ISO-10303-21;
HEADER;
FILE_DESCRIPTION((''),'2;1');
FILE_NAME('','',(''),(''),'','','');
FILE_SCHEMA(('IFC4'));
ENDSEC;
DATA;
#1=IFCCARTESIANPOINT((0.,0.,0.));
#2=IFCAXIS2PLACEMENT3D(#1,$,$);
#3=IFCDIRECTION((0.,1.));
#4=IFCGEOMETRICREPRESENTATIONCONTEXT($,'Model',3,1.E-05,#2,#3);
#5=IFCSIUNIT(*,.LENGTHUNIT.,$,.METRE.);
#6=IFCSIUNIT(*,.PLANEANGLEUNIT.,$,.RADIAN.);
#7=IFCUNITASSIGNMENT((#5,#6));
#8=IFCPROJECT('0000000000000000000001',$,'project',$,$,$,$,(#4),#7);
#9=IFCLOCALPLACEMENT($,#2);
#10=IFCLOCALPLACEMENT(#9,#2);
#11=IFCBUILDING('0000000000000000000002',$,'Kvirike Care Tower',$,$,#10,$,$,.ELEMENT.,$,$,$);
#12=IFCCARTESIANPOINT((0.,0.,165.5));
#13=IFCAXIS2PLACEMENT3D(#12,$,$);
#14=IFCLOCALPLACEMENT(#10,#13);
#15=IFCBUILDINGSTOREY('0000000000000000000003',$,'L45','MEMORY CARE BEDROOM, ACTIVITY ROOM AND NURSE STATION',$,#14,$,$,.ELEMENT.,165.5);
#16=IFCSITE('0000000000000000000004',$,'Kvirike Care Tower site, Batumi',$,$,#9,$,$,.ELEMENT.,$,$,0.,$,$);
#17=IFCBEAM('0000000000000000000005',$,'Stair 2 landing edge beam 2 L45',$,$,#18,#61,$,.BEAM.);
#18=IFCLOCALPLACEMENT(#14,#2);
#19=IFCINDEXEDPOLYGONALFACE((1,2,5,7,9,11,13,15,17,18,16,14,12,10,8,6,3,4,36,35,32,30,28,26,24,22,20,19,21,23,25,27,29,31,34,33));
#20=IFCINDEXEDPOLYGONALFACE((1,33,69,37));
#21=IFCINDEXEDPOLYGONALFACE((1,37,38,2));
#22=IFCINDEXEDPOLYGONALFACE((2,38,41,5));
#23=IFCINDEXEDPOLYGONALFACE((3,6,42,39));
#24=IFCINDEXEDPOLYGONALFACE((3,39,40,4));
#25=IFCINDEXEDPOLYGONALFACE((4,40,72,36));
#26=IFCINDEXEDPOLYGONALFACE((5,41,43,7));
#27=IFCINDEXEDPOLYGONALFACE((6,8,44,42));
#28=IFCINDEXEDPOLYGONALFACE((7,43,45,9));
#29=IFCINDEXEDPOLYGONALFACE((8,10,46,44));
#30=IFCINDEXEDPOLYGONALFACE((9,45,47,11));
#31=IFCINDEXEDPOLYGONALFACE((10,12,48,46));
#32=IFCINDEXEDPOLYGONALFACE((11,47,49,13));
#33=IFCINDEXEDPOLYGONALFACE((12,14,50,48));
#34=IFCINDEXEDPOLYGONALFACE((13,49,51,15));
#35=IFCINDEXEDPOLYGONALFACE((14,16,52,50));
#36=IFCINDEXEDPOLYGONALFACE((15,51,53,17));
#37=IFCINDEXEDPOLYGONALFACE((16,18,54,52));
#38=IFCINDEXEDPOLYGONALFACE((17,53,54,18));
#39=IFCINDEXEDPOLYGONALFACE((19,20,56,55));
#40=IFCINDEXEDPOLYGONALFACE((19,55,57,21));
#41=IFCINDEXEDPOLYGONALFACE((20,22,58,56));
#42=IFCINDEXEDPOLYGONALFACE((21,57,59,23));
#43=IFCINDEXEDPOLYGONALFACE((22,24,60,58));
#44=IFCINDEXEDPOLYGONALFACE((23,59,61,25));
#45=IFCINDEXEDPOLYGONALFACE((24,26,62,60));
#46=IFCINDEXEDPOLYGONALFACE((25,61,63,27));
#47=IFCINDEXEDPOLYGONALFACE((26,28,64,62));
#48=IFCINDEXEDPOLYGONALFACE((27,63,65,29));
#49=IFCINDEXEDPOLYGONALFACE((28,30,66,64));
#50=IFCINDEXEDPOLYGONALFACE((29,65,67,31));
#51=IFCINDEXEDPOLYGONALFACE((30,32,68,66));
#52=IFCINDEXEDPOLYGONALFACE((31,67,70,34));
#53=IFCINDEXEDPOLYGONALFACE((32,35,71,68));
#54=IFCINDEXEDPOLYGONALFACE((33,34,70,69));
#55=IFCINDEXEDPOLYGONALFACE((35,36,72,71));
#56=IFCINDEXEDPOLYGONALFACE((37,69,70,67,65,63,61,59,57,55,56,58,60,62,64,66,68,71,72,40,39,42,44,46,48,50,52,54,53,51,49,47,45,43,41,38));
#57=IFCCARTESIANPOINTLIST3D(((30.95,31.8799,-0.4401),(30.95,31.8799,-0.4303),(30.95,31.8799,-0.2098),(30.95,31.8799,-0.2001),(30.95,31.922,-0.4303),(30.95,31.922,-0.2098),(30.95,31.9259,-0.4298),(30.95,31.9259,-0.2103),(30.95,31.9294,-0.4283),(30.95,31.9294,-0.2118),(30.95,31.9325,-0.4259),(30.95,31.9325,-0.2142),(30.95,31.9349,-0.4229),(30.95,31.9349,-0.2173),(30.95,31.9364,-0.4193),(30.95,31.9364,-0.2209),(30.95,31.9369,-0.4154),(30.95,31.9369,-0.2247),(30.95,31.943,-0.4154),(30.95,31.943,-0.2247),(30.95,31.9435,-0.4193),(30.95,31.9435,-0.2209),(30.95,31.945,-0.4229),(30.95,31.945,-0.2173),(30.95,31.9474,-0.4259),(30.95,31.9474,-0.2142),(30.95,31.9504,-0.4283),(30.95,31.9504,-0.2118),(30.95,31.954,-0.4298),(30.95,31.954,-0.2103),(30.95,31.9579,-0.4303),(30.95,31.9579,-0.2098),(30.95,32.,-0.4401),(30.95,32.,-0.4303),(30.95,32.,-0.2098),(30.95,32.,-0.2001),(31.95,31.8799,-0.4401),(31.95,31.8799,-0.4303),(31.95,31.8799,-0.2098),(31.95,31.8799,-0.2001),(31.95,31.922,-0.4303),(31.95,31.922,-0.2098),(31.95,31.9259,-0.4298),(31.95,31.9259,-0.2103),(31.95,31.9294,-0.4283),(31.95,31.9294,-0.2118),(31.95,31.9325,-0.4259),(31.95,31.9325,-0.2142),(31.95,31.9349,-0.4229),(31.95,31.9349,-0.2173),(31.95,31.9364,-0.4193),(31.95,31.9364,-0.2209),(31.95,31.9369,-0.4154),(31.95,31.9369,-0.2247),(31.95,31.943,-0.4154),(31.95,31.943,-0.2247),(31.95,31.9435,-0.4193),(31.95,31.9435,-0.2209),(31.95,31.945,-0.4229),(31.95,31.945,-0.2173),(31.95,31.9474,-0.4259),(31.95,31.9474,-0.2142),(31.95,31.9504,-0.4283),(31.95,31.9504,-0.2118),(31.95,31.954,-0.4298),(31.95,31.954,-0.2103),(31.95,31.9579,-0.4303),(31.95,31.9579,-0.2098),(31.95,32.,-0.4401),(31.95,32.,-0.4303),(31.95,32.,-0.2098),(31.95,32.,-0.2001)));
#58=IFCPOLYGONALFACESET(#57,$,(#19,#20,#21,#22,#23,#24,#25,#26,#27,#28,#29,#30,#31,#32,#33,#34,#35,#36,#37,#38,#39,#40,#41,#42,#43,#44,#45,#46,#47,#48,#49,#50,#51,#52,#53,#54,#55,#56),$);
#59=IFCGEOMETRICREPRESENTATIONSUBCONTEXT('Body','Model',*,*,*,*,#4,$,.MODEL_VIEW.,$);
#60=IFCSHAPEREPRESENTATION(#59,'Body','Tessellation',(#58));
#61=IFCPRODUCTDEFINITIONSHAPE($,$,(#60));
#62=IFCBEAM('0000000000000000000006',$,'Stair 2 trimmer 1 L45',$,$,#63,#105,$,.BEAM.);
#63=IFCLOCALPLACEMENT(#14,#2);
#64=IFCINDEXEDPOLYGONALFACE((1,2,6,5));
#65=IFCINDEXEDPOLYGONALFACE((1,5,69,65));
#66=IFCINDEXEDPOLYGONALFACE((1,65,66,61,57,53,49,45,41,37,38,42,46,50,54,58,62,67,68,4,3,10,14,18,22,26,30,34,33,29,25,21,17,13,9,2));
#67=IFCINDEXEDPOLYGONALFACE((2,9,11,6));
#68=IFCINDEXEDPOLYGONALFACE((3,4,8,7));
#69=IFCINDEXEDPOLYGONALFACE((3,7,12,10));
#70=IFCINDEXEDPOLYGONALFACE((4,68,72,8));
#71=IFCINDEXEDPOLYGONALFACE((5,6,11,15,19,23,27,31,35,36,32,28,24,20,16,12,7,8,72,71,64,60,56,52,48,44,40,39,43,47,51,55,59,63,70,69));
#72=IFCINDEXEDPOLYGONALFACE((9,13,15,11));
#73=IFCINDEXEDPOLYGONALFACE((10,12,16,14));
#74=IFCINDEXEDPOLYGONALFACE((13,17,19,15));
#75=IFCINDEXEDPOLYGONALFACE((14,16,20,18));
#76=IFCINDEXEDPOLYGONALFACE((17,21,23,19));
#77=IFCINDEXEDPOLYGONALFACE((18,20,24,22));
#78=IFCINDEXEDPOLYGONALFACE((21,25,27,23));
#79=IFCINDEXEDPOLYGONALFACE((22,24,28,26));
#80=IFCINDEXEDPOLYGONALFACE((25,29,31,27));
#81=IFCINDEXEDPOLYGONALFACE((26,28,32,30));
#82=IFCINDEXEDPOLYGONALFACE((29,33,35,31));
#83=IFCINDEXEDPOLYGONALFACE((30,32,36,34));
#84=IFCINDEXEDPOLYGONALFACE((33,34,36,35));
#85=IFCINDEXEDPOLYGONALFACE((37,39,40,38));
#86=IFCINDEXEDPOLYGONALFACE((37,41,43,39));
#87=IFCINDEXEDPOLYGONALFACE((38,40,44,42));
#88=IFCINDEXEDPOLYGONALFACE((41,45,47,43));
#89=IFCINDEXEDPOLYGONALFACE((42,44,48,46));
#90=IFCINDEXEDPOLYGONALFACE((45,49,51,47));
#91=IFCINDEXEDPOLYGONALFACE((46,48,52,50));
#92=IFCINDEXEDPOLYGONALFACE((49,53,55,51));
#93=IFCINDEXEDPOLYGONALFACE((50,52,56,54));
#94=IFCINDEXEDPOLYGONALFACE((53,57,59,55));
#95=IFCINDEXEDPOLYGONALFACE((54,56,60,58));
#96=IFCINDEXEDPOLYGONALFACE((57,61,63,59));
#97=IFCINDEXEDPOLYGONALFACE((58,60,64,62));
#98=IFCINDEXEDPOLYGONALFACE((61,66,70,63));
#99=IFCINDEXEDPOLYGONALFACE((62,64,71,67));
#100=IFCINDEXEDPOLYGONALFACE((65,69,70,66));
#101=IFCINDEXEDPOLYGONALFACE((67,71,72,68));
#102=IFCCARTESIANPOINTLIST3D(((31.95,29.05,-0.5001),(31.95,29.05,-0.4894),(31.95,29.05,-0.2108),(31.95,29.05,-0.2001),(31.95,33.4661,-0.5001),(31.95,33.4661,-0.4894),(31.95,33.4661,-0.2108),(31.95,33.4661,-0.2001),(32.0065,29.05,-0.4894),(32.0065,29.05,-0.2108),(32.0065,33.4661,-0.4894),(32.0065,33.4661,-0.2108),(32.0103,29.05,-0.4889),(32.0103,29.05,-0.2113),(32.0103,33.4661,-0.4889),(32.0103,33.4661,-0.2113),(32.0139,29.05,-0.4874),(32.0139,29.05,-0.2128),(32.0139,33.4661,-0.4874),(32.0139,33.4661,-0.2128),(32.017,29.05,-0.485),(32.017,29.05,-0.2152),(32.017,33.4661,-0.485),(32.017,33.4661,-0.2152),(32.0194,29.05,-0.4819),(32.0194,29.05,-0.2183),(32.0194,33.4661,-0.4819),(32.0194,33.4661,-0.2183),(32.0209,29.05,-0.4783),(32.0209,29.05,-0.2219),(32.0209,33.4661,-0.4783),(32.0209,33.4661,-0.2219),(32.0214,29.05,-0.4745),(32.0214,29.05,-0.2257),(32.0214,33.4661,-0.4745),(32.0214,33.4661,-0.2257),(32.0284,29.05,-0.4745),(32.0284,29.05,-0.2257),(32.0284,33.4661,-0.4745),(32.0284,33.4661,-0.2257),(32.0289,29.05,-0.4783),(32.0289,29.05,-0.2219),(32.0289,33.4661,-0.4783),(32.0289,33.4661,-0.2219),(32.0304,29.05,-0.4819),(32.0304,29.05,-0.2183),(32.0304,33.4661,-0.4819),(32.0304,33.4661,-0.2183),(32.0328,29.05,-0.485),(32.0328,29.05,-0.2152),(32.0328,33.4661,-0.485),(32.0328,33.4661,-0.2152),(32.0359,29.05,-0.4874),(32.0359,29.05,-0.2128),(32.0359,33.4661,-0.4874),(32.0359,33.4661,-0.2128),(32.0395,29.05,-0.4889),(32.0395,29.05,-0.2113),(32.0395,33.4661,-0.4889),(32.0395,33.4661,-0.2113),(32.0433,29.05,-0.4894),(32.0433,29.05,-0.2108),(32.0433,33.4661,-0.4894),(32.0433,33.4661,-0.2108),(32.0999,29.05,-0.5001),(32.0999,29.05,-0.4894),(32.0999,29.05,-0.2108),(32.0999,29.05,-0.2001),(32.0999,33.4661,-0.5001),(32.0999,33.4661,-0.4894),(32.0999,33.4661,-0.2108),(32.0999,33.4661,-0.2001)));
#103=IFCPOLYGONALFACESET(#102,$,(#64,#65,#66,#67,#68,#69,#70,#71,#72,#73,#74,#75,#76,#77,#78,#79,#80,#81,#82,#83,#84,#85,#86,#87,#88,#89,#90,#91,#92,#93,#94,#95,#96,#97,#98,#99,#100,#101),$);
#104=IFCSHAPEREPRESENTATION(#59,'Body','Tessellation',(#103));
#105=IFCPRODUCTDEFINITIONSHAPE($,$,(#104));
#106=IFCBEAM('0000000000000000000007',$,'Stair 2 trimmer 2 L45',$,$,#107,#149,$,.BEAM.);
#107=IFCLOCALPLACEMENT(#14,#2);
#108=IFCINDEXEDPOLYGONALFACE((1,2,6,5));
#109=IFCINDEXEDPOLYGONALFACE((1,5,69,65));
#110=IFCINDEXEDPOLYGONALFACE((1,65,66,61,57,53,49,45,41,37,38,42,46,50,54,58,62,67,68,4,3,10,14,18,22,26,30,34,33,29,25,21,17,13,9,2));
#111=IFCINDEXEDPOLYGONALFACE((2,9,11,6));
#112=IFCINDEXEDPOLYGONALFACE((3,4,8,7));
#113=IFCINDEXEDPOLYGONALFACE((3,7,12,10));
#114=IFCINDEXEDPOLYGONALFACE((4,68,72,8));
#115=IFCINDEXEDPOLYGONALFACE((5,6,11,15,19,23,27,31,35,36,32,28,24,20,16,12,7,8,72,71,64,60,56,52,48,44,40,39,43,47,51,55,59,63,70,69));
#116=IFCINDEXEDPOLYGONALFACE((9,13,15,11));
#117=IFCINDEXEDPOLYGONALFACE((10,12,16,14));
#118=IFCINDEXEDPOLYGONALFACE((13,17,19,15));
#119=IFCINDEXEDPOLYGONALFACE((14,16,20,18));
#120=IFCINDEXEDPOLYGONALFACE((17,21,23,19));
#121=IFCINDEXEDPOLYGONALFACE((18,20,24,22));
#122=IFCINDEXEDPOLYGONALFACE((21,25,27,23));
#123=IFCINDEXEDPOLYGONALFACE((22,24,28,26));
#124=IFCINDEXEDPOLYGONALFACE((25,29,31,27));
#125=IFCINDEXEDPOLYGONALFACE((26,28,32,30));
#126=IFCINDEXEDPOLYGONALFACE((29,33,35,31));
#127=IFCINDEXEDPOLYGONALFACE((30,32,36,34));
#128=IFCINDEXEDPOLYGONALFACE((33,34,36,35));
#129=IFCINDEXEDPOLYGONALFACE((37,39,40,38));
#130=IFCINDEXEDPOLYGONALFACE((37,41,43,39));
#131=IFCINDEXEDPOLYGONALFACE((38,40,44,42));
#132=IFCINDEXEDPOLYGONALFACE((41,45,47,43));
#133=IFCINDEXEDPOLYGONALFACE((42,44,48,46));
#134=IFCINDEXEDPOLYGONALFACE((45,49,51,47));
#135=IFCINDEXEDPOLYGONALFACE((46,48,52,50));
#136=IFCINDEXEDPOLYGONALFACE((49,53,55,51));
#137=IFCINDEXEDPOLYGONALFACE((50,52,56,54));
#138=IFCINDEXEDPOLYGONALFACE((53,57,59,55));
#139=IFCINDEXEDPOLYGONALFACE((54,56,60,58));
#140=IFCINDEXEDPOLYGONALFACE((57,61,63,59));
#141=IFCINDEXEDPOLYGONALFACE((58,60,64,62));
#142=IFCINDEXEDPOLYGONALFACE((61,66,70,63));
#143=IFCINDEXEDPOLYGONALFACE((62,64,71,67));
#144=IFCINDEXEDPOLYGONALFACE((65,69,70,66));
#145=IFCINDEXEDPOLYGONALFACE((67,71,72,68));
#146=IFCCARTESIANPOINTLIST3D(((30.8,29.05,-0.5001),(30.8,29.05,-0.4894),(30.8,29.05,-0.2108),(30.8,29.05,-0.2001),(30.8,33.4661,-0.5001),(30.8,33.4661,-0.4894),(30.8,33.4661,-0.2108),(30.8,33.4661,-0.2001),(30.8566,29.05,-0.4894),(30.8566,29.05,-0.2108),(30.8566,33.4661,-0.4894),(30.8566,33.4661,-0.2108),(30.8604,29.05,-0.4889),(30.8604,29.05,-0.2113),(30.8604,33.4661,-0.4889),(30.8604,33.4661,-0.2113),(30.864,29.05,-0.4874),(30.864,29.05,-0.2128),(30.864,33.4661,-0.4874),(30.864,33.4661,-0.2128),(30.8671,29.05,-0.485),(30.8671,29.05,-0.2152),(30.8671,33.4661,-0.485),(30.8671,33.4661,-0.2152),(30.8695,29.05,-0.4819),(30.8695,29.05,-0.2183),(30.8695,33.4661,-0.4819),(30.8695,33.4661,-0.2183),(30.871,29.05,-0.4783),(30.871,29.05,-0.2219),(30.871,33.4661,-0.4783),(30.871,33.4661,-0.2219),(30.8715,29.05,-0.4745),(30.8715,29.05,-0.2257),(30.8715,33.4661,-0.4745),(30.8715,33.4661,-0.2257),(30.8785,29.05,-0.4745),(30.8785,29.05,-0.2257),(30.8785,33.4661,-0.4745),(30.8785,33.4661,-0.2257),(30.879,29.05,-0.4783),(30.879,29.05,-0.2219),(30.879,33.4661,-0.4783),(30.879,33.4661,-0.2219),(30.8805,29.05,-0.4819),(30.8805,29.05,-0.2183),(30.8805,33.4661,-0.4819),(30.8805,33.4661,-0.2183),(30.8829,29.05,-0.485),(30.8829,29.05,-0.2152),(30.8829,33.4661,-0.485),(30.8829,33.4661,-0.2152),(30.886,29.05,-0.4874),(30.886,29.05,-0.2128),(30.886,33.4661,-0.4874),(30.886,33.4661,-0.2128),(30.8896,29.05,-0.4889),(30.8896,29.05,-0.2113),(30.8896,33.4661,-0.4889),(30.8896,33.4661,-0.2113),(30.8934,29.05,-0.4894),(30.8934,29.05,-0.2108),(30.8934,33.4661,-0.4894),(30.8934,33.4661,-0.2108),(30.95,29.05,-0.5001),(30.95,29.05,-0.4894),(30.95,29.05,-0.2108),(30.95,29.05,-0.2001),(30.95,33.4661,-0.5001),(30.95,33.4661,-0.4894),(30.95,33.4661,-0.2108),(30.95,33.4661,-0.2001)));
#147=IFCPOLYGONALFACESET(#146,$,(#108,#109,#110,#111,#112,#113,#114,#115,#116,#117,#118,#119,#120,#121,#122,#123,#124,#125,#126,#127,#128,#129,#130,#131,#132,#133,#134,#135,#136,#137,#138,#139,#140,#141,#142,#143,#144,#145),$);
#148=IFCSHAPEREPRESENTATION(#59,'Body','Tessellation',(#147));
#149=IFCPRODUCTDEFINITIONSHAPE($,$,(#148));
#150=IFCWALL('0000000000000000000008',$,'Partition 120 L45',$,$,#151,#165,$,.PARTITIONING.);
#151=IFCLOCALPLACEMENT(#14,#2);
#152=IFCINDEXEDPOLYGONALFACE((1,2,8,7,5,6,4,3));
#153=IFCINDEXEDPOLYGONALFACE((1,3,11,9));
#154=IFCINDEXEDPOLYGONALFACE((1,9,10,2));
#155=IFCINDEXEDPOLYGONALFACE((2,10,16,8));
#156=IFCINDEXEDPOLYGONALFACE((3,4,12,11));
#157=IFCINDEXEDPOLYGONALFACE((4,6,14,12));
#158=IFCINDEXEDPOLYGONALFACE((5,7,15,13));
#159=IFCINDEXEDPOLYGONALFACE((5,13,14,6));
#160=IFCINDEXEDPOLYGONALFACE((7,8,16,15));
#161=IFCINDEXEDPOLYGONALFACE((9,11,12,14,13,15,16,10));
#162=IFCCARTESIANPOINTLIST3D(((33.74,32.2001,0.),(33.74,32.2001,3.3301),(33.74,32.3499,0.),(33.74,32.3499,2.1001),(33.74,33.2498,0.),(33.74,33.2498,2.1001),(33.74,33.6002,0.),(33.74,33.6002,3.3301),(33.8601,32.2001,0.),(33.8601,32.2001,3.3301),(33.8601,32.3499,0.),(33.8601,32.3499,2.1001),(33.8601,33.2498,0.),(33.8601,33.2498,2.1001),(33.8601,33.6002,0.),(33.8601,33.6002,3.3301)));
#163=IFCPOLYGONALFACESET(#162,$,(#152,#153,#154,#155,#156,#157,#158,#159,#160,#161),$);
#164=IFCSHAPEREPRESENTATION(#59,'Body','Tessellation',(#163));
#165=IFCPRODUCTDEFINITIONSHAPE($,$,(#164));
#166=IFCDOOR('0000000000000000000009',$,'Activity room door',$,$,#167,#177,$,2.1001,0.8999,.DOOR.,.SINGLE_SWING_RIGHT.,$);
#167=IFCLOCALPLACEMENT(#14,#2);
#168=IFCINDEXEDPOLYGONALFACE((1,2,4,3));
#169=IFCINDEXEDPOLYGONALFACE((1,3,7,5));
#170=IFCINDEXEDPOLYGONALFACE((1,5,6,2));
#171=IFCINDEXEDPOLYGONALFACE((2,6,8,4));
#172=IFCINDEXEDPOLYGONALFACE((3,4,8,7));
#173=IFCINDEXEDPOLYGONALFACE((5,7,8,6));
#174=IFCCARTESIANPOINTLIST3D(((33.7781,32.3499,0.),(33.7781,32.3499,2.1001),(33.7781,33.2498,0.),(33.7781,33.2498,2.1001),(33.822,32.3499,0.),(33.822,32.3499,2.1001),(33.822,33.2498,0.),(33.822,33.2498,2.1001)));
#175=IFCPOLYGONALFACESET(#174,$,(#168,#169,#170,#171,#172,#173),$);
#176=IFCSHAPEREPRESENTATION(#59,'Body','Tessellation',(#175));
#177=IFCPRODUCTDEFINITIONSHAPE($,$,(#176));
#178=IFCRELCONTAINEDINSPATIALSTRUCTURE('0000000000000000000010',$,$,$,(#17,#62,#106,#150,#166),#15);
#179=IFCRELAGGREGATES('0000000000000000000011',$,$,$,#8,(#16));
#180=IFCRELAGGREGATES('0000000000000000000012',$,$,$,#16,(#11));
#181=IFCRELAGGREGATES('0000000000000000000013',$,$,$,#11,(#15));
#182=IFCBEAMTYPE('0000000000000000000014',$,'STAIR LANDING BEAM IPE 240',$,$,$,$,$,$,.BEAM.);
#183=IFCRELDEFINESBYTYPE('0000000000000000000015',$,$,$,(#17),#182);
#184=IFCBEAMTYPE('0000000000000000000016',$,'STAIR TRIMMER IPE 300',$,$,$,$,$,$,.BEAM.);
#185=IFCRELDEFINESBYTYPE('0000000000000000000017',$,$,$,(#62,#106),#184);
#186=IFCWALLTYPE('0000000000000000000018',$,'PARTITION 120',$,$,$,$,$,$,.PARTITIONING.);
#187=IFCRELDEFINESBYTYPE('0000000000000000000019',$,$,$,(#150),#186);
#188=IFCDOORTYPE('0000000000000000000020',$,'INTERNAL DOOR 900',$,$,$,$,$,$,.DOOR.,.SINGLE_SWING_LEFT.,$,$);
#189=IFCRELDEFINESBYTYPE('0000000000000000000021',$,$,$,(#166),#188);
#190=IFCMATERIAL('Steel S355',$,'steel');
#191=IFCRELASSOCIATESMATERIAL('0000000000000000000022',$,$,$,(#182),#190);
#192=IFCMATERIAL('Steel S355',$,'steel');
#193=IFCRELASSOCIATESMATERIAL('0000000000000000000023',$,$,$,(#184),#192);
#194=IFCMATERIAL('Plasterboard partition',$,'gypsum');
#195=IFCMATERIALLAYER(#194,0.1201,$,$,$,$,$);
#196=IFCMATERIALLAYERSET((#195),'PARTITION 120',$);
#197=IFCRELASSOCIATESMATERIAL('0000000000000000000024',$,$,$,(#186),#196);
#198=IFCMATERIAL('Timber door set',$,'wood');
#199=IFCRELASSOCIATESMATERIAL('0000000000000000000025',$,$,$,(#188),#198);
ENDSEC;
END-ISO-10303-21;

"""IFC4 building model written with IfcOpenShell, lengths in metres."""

from ifc_helpers import new_model, si_unit, direction, frame, frame_2d, origin, origin_2d, place, context, subcontext, project, spatial, rectangle, i_section, extrude, material, layer, layer_set, material_profile, profile_set, type_object, element, fill, save


model = new_model("IFC4")

# Units and contexts
model_context = context("Model", 3, precision=1e-05, world=origin(), true_north=direction((0.0, 1.0)))
body_context = subcontext(model_context, "Body", "Model", "MODEL_VIEW")
ifc_project = project(units=[si_unit("LENGTHUNIT", "METRE"), si_unit("PLANEANGLEUNIT", "RADIAN")], contexts=[model_context])

# Site, building, storey
site_placement = place(None, origin())
site = spatial("IfcSite", under=ifc_project, at=site_placement, Name="Kvirike Care Tower site, Batumi", CompositionType="ELEMENT", RefElevation=0.0)
building_placement = place(site_placement, origin())
building = spatial("IfcBuilding", under=site, at=building_placement, Name="Kvirike Care Tower", CompositionType="ELEMENT")
storey_placement = place(building_placement, frame((0.0, 0.0, 165.5)))
storey = spatial("IfcBuildingStorey", under=building, at=storey_placement, Name="L45", Description="MEMORY CARE BEDROOM, ACTIVITY ROOM AND NURSE STATION", CompositionType="ELEMENT", Elevation=165.5)

# Beams
ifc_material_1 = material(Name="Steel S355", Category="steel")
ifc_material_profile_1 = material_profile(ifc_material_1, i_section(OverallWidth=0.1201, OverallDepth=0.24, WebThickness=0.0061, FlangeThickness=0.0098, FilletRadius=0.0149, at=origin_2d()), Name="IPE 240")
ifc_profile_set_1 = profile_set([ifc_material_profile_1], Name="Steel S355")
beam_type_1 = type_object("IfcBeamType", Name="STAIR LANDING BEAM IPE 240", PredefinedType="BEAM", material=ifc_profile_set_1)
for number, where, z_axis, x_axis, name in (
    (1, (31.95, 31.9399, -0.3201), (-1.0, 0.0, 0.0), (0.0, -1.0, 0.0), "Stair 2 landing edge beam 2 L45"),
):
    element("IfcBeam", number, at=place(storey_placement, frame(where, z_axis=z_axis, x_axis=x_axis)), inside=storey, type_object=beam_type_1, Name=name, PredefinedType="BEAM", context=body_context, shape_type="SweptSolid", body=[
        extrude(i_section(OverallWidth=0.1201, OverallDepth=0.24, WebThickness=0.0061, FlangeThickness=0.0098, FilletRadius=0.0149, at=origin_2d()), origin(), (0.0, 0.0, 1.0), 1.0),
    ])
ifc_material_2 = material(Name="Steel S355", Category="steel")
ifc_material_profile_2 = material_profile(ifc_material_2, i_section(OverallWidth=0.1499, OverallDepth=0.3, WebThickness=0.0071, FlangeThickness=0.0107, FilletRadius=0.0149, at=origin_2d()), Name="IPE 300")
ifc_profile_set_2 = profile_set([ifc_material_profile_2], Name="Steel S355")
beam_type_2 = type_object("IfcBeamType", Name="STAIR TRIMMER IPE 300", PredefinedType="BEAM", material=ifc_profile_set_2)
for number, where, z_axis, x_axis, name in (
    (2, (32.0249, 29.05, -0.3501), (0.0, 1.0, 0.0), (-1.0, 0.0, 0.0), "Stair 2 trimmer 1 L45"),
    (3, (30.875, 29.05, -0.3501), (0.0, 1.0, 0.0), (-1.0, 0.0, 0.0), "Stair 2 trimmer 2 L45"),
):
    element("IfcBeam", number, at=place(storey_placement, frame(where, z_axis=z_axis, x_axis=x_axis)), inside=storey, type_object=beam_type_2, Name=name, PredefinedType="BEAM", context=body_context, shape_type="SweptSolid", body=[
        extrude(i_section(OverallWidth=0.1499, OverallDepth=0.3, WebThickness=0.0071, FlangeThickness=0.0107, FilletRadius=0.0149, at=origin_2d()), origin(), (0.0, 0.0, 1.0), 4.416),
    ])

# Wall, opening, door
ifc_material_3 = material(Name="Plasterboard partition", Category="gypsum")
ifc_layer_1 = layer(ifc_material_3, 0.1201)
ifc_layer_set_1 = layer_set([ifc_layer_1], Name="PARTITION 120")
wall_type_1 = type_object("IfcWallType", Name="PARTITION 120", PredefinedType="PARTITIONING", material=ifc_layer_set_1)
wall_placement = place(storey_placement, frame((33.8, 32.2, 0.0), z_axis=(0.0, 0.0, 1.0), x_axis=(0.0, 1.0, 0.0)))
wall = element("IfcWall", 4, at=wall_placement, inside=storey, type_object=wall_type_1, Name="Partition 120 L45", PredefinedType="PARTITIONING", context=body_context, shape_type="SweptSolid", body=[
    extrude(rectangle(XDim=1.4001, YDim=0.1201, at=frame_2d((0.7002, 0.0))), origin(), (0.0, 0.0, 1.0), 3.3301),
])
opening_placement = place(wall_placement, frame((0.1499, 0.0, 0.0)))
opening = element("IfcOpeningElement", 5, at=opening_placement, cuts=wall, PredefinedType="OPENING", context=body_context, shape_type="SweptSolid", body=[
    extrude(rectangle(XDim=0.8999, YDim=2.1001, at=frame_2d((0.45, 1.05))), frame((0.0, 0.0706, 0.0), z_axis=(0.0, -1.0, 0.0), x_axis=(1.0, 0.0, 0.0)), (0.0, 0.0, 1.0), 0.1411),
])
ifc_material_4 = material(Name="Timber door set", Category="wood")
door_type = type_object("IfcDoorType", Name="INTERNAL DOOR 900", OperationType="SINGLE_SWING_LEFT", PredefinedType="DOOR", material=ifc_material_4)
door_placement = place(opening_placement, origin())
door = element("IfcDoor", 6, at=door_placement, inside=storey, type_object=door_type, Name="Activity room door", OperationType="SINGLE_SWING_RIGHT", OverallHeight=2.1001, OverallWidth=0.8999, PredefinedType="DOOR", context=body_context, shape_type="SweptSolid", body=[
    extrude(rectangle(XDim=0.8999, YDim=2.1001, at=frame_2d((0.45, 1.05))), frame((0.0, 0.022, 0.0), z_axis=(0.0, -1.0, 0.0), x_axis=(1.0, 0.0, 0.0)), (0.0, 0.0, 1.0), 0.0439),
])
fill(opening, door)

save(model, "model.ifc")
